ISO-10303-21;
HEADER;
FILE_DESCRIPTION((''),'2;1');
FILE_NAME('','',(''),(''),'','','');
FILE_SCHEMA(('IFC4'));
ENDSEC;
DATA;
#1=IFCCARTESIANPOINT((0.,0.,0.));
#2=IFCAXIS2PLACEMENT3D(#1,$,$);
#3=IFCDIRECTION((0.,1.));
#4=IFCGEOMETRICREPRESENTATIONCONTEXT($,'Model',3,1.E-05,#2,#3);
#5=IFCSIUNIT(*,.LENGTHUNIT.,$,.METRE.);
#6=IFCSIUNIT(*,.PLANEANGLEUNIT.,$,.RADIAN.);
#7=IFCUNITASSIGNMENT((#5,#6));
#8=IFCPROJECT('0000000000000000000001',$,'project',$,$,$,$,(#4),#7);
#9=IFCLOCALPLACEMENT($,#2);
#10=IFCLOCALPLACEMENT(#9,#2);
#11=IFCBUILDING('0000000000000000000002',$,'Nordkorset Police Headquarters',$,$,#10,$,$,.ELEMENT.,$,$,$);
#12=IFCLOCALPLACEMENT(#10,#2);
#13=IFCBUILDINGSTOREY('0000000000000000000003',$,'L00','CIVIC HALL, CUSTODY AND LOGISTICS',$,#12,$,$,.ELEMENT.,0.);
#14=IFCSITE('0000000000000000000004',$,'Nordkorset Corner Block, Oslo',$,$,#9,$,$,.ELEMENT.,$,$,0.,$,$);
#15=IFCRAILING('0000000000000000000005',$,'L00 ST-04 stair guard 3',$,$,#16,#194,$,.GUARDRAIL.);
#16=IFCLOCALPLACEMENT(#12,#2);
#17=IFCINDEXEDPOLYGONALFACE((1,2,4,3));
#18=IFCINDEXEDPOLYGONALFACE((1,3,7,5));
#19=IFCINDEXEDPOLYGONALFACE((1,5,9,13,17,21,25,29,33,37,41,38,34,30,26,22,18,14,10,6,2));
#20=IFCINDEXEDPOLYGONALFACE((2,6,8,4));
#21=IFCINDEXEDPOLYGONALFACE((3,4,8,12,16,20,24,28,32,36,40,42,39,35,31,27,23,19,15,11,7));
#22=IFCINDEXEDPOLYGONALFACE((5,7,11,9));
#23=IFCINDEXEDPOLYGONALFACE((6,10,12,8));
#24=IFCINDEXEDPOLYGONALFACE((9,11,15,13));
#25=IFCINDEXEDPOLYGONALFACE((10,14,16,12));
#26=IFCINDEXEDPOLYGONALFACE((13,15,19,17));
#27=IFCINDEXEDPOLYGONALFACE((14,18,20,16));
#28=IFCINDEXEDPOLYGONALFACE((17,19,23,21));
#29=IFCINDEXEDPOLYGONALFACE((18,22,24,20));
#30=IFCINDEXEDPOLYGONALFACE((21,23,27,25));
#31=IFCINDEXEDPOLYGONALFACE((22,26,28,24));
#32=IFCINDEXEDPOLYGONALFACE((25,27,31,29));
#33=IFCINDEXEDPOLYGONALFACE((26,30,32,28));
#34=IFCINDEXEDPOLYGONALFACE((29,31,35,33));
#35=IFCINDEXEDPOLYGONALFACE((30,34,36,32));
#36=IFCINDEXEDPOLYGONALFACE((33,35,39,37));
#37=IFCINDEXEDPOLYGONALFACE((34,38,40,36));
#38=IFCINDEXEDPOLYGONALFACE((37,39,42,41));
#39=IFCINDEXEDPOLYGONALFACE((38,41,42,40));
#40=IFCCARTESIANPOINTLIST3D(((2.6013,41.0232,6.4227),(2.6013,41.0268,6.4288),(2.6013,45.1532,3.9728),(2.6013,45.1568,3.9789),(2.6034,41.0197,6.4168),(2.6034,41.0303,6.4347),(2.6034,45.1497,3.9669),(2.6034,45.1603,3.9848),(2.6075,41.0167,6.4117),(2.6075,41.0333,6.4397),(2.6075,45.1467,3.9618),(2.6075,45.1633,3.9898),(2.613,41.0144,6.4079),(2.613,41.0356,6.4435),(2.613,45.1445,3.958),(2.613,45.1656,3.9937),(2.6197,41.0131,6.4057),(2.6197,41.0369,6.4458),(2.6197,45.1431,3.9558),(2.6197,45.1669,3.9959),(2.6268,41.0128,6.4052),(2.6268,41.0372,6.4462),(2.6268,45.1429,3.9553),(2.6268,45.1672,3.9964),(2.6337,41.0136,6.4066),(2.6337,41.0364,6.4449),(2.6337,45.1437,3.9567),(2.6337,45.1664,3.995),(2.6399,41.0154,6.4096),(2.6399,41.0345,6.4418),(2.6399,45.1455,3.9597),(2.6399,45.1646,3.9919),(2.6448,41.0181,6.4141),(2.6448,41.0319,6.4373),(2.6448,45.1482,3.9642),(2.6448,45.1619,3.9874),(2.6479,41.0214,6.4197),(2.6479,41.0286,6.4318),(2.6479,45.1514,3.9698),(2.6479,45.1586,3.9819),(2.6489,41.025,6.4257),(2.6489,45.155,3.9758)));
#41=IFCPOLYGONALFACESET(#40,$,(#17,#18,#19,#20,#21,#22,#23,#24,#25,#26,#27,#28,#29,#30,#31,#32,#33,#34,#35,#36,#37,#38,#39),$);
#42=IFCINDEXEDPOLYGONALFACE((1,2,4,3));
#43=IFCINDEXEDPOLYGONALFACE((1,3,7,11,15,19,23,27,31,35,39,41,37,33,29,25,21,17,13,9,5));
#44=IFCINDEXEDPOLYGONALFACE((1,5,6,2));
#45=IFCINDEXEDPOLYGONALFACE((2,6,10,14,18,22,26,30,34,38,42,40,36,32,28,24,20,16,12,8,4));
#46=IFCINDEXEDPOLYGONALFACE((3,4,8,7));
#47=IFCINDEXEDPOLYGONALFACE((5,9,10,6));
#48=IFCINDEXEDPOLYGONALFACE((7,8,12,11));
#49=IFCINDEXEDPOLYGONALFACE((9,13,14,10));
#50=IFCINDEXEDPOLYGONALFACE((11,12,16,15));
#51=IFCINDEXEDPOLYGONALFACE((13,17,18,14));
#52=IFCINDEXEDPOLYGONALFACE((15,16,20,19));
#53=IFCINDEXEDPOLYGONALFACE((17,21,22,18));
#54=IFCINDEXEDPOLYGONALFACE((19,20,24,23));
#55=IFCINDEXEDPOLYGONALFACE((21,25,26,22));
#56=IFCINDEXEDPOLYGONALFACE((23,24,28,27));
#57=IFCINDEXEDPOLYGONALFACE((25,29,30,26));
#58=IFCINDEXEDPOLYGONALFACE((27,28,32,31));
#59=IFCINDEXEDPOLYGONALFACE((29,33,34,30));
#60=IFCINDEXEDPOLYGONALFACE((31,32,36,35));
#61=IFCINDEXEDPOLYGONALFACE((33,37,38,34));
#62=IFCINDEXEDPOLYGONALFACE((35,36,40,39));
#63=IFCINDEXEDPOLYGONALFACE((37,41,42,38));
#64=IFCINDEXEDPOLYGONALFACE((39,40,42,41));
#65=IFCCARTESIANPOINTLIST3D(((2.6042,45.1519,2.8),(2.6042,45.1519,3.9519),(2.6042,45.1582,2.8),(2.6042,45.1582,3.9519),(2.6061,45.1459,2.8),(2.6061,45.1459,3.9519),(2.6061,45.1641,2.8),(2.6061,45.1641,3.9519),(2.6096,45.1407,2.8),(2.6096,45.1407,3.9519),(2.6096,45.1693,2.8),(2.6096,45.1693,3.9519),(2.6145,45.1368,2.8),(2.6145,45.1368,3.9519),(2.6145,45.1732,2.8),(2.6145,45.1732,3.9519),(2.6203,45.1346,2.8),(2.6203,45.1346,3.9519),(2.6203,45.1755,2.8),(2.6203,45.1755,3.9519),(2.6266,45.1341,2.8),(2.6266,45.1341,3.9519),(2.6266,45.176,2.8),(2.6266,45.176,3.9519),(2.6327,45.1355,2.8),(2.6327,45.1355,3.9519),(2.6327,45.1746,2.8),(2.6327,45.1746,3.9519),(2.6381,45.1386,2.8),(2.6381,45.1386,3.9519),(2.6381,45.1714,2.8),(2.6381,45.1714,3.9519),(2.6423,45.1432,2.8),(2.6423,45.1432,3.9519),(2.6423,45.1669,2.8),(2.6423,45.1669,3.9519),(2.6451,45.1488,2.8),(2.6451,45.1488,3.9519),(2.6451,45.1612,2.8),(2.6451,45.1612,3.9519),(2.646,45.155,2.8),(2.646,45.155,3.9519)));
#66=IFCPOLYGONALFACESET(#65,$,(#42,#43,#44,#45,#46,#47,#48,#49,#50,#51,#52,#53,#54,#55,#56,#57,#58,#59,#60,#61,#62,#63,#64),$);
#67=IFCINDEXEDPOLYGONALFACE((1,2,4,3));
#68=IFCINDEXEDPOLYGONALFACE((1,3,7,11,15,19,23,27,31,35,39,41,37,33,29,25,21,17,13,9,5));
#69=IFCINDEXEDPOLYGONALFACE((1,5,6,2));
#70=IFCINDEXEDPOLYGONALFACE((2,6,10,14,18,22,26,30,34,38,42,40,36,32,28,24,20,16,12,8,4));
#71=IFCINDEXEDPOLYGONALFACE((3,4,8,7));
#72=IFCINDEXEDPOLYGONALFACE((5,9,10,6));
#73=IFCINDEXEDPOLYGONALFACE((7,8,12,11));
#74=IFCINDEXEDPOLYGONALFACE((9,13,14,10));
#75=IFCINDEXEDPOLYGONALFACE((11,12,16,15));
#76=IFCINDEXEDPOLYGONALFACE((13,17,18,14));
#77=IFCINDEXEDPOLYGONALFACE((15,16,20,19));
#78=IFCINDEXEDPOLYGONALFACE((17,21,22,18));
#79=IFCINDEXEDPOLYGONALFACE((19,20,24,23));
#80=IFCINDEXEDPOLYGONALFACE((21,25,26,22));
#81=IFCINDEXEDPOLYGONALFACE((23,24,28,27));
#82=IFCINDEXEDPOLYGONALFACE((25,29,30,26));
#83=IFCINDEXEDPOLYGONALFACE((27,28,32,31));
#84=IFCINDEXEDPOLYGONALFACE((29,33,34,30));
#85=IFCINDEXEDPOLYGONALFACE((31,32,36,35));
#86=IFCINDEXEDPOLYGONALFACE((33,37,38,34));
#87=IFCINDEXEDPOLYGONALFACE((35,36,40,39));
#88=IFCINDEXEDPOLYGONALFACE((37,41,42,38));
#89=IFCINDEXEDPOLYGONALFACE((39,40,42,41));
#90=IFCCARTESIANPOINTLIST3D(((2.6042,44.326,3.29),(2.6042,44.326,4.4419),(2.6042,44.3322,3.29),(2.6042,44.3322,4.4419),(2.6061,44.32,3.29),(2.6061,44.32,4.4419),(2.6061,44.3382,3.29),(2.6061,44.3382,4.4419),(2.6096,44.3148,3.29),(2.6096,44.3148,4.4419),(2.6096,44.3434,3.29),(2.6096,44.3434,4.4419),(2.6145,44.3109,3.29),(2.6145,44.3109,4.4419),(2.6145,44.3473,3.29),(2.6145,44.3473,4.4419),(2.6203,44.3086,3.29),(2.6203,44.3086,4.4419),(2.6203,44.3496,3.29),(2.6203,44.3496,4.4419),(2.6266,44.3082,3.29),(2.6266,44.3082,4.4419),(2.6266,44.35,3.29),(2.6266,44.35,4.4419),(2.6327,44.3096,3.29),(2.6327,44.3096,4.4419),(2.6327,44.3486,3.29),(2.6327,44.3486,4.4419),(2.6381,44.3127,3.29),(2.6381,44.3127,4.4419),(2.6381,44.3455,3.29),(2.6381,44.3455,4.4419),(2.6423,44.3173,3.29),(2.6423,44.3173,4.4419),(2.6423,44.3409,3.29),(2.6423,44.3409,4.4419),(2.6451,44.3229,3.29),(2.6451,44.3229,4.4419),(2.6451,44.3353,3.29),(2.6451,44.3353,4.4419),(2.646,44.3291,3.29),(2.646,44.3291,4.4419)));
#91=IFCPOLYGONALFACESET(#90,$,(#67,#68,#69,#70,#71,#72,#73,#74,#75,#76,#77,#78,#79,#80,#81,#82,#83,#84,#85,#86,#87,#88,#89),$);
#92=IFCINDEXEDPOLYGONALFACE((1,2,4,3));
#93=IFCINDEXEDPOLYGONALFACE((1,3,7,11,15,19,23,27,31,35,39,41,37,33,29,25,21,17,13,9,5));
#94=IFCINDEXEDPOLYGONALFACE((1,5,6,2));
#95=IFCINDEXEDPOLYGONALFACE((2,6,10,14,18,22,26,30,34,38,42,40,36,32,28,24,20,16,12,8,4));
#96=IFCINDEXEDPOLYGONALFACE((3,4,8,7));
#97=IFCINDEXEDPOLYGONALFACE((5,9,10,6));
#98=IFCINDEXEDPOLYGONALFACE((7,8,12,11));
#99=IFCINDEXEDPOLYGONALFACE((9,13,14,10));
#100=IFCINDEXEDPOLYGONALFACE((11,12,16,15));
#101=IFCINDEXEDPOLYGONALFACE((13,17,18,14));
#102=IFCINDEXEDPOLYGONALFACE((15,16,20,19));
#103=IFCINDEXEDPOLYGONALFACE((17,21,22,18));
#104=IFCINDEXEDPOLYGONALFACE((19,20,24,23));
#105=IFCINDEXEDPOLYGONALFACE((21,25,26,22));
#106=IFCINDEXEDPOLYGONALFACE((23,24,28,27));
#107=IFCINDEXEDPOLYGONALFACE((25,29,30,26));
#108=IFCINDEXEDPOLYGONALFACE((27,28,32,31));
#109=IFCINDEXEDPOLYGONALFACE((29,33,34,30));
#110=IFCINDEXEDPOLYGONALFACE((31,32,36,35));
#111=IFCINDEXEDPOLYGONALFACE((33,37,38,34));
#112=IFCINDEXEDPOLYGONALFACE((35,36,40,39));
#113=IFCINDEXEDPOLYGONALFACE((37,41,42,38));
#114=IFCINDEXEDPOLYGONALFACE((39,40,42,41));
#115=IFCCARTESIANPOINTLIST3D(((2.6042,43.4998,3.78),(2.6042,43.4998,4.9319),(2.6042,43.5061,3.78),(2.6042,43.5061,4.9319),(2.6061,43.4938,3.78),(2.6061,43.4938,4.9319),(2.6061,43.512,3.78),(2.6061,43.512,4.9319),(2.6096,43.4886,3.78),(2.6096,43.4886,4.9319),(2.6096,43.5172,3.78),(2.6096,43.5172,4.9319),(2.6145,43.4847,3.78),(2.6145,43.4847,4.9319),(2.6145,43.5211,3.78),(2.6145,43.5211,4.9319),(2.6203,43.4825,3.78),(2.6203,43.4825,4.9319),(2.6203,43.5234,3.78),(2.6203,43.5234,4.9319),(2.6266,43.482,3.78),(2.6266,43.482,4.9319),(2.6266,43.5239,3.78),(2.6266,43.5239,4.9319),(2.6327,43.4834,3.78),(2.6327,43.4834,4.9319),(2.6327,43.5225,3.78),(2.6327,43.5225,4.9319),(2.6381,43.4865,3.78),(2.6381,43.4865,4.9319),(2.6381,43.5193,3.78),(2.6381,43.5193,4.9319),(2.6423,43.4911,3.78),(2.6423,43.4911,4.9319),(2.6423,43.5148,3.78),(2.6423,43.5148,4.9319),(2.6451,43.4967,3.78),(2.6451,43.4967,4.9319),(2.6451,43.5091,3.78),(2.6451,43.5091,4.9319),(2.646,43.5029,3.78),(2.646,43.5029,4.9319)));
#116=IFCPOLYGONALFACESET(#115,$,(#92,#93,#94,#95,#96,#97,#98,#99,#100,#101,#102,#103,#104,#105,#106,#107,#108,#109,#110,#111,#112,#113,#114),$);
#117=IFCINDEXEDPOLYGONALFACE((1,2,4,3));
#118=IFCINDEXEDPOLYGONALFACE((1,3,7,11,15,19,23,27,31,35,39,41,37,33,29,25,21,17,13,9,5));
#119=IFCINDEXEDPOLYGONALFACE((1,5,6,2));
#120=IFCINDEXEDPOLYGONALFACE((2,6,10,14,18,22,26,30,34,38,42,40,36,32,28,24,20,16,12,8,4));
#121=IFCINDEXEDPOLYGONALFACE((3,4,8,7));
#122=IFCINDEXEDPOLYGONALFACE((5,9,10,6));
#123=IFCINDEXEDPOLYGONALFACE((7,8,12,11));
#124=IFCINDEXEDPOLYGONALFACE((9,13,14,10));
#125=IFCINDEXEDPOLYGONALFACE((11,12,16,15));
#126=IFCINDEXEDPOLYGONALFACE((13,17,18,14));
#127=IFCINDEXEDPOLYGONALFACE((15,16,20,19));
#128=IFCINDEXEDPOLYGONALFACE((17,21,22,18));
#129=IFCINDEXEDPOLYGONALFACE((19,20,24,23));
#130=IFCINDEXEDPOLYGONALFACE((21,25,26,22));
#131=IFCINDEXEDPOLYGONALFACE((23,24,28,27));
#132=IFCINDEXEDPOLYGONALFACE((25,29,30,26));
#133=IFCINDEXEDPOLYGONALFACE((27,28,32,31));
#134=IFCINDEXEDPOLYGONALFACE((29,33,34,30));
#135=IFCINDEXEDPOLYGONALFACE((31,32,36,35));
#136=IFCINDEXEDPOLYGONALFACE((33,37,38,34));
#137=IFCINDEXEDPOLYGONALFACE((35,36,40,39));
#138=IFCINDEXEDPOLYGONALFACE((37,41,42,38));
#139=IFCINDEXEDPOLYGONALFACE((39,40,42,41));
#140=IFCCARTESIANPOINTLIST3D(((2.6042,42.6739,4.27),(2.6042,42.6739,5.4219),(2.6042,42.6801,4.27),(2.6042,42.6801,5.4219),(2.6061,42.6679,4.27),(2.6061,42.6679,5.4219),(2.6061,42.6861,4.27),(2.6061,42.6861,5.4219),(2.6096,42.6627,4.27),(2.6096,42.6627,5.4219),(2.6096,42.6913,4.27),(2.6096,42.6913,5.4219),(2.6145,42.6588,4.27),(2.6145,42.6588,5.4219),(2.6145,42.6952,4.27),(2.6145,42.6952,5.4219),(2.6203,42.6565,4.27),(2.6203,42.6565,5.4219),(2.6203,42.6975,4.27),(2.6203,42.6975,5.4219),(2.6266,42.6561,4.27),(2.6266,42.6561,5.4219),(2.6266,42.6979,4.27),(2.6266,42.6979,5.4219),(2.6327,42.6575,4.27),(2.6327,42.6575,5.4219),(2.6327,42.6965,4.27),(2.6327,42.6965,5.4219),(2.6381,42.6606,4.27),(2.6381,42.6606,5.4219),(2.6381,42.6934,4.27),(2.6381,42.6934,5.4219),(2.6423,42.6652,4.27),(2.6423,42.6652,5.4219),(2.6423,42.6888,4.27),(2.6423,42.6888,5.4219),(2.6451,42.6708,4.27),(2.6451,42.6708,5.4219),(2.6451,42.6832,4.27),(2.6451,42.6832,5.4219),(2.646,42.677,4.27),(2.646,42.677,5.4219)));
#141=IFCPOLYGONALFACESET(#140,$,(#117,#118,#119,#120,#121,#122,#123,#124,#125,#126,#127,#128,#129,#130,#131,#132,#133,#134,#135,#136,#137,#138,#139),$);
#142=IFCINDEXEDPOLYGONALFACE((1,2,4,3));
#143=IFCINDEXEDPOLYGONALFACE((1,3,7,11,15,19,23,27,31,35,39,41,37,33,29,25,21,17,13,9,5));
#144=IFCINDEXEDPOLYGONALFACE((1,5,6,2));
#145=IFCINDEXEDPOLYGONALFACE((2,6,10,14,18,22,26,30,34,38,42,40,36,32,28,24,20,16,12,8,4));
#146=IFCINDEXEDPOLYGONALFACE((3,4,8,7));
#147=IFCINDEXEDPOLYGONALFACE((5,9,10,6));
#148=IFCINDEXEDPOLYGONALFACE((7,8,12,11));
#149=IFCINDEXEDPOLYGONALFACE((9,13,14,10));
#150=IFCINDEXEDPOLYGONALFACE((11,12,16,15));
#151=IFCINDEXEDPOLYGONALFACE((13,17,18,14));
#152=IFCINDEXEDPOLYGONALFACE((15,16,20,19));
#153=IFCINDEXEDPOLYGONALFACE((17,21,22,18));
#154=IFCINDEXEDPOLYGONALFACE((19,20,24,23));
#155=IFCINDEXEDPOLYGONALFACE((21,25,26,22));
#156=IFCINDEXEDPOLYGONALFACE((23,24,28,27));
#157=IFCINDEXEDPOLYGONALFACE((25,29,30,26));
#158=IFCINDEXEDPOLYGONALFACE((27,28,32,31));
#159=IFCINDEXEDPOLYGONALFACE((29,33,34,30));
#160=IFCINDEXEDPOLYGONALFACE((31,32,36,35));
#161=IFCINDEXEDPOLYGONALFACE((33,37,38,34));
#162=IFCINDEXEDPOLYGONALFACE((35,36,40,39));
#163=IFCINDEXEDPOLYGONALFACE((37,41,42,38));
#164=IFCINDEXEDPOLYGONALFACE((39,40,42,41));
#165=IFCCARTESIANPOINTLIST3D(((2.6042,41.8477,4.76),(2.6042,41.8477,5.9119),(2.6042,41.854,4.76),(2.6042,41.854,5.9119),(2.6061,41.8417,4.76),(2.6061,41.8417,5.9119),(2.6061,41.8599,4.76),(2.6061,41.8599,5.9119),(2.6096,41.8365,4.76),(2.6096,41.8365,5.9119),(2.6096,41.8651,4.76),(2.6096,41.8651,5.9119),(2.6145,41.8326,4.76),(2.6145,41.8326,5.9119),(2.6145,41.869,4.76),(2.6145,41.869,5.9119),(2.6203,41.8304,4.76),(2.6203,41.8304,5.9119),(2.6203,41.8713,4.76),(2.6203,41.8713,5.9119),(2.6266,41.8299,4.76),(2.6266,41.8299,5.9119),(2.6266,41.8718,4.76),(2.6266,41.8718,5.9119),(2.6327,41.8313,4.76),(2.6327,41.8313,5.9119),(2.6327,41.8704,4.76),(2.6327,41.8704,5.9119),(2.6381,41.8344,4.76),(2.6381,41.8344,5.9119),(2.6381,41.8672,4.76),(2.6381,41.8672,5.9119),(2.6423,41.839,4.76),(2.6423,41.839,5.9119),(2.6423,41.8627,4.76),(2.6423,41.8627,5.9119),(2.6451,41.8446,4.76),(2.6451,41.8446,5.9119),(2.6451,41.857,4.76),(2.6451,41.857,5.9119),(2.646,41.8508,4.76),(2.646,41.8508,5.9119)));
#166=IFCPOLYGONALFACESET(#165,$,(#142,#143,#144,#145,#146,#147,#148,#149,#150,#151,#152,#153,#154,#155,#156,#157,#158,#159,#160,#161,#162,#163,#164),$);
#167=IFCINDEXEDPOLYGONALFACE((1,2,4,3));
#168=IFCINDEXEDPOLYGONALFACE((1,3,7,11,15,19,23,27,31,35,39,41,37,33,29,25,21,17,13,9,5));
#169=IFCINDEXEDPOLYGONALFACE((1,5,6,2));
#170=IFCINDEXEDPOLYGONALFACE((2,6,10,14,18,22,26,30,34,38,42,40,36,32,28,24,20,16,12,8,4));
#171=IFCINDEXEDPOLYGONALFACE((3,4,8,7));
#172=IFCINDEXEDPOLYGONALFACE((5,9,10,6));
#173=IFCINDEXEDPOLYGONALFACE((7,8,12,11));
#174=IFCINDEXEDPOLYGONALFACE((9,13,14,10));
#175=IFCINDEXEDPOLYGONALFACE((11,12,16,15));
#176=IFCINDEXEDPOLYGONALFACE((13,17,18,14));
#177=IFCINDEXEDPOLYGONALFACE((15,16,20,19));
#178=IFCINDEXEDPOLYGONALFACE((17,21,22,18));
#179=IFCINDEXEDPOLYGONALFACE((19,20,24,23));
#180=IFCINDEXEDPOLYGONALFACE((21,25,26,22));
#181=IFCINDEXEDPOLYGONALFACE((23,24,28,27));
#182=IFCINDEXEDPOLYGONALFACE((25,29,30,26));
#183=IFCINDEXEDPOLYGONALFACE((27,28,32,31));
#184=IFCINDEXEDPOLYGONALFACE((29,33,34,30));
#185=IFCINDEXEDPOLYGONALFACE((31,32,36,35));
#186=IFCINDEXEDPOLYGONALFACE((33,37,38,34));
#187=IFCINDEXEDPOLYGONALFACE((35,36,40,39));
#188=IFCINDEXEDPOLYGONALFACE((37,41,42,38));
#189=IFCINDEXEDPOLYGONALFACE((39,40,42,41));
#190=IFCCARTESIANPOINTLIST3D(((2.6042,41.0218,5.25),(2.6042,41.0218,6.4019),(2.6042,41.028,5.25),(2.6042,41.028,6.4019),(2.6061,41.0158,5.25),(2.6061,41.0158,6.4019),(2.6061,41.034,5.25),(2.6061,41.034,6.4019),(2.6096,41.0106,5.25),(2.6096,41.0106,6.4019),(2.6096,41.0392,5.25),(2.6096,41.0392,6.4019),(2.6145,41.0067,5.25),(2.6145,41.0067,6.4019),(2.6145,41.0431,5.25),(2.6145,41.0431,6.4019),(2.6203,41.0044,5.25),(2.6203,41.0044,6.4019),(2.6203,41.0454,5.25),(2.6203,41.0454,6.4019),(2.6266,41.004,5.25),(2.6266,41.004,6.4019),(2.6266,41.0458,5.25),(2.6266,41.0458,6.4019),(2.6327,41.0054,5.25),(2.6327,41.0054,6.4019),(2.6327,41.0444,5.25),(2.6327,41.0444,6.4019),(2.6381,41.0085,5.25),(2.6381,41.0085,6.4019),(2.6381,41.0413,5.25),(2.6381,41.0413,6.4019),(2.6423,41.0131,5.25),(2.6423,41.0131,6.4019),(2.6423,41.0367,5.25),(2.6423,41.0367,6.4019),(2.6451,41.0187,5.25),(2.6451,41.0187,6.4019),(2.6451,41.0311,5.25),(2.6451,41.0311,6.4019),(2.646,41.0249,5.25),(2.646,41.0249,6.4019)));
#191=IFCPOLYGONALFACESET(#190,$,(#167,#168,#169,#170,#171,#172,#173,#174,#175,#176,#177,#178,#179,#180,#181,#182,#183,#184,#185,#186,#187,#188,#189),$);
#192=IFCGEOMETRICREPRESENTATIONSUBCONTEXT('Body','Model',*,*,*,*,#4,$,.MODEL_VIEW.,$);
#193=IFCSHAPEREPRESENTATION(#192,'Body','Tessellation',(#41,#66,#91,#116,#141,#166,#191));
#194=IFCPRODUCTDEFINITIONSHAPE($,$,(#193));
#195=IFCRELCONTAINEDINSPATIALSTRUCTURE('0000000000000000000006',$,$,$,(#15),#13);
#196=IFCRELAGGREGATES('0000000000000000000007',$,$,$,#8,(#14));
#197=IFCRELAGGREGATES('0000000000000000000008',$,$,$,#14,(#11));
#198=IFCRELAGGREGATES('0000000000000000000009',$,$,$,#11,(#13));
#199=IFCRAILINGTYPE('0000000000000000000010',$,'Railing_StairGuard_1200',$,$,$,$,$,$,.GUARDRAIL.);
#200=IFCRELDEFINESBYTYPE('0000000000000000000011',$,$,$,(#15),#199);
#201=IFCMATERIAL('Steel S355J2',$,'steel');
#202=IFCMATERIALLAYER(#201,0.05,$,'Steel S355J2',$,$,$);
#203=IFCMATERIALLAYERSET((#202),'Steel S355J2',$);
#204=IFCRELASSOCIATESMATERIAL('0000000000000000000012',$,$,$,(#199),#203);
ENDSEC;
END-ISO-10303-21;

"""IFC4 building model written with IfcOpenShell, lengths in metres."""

from ifc_helpers import new_model, si_unit, direction, frame, origin, origin_2d, place, context, subcontext, project, spatial, circle, extrude, material, layer, layer_set, type_object, element, save


model = new_model("IFC4")

# Units and contexts
model_context = context("Model", 3, precision=1e-05, world=origin(), true_north=direction((0.0, 1.0)))
body_context = subcontext(model_context, "Body", "Model", "MODEL_VIEW")
ifc_project = project(units=[si_unit("LENGTHUNIT", "METRE"), si_unit("PLANEANGLEUNIT", "RADIAN")], contexts=[model_context])

# Site, building, storey
site_placement = place(None, origin())
site = spatial("IfcSite", under=ifc_project, at=site_placement, Name="Nordkorset Corner Block, Oslo", CompositionType="ELEMENT", RefElevation=0.0)
building_placement = place(site_placement, origin())
building = spatial("IfcBuilding", under=site, at=building_placement, Name="Nordkorset Police Headquarters", CompositionType="ELEMENT")
storey_placement = place(building_placement, origin())
storey = spatial("IfcBuildingStorey", under=building, at=storey_placement, Name="L00", Description="CIVIC HALL, CUSTODY AND LOGISTICS", CompositionType="ELEMENT", Elevation=0.0)

# Railing
ifc_material_1 = material(Name="Steel S355J2", Category="steel")
ifc_layer_1 = layer(ifc_material_1, 0.05, Name="Steel S355J2")
ifc_layer_set_1 = layer_set([ifc_layer_1], Name="Steel S355J2")
railing_type_1 = type_object("IfcRailingType", Name="Railing_StairGuard_1200", PredefinedType="GUARDRAIL", material=ifc_layer_set_1)
railing_1_placement = place(storey_placement, frame((2.625, 45.155, 2.8)))
element("IfcRailing", 1, at=railing_1_placement, inside=storey, type_object=railing_type_1, Name="L00 ST-04 stair guard 3", PredefinedType="GUARDRAIL", context=body_context, shape_type="SweptSolid", body=[
    extrude(circle(Radius=0.0239, at=origin_2d()), frame((0.0, 0.0, 1.1758), z_axis=(0.0, -0.860066, 0.510183), x_axis=(1.0, 0.0, 0.0)), (0.0, 0.0, 1.0), 4.802),
    extrude(circle(Radius=0.021, at=origin_2d()), origin(), (0.0, 0.0, 1.0), 1.1519),
    extrude(circle(Radius=0.021, at=origin_2d()), frame((0.0, -0.8259, 0.49)), (0.0, 0.0, 1.0), 1.1519),
    extrude(circle(Radius=0.021, at=origin_2d()), frame((0.0, -1.6521, 0.98)), (0.0, 0.0, 1.0), 1.1519),
    extrude(circle(Radius=0.021, at=origin_2d()), frame((0.0, -2.478, 1.47)), (0.0, 0.0, 1.0), 1.1519),
    extrude(circle(Radius=0.021, at=origin_2d()), frame((0.0, -3.3042, 1.96)), (0.0, 0.0, 1.0), 1.1519),
    extrude(circle(Radius=0.021, at=origin_2d()), frame((0.0, -4.1301, 2.45)), (0.0, 0.0, 1.0), 1.1519),
])

save(model, "model.ifc")
